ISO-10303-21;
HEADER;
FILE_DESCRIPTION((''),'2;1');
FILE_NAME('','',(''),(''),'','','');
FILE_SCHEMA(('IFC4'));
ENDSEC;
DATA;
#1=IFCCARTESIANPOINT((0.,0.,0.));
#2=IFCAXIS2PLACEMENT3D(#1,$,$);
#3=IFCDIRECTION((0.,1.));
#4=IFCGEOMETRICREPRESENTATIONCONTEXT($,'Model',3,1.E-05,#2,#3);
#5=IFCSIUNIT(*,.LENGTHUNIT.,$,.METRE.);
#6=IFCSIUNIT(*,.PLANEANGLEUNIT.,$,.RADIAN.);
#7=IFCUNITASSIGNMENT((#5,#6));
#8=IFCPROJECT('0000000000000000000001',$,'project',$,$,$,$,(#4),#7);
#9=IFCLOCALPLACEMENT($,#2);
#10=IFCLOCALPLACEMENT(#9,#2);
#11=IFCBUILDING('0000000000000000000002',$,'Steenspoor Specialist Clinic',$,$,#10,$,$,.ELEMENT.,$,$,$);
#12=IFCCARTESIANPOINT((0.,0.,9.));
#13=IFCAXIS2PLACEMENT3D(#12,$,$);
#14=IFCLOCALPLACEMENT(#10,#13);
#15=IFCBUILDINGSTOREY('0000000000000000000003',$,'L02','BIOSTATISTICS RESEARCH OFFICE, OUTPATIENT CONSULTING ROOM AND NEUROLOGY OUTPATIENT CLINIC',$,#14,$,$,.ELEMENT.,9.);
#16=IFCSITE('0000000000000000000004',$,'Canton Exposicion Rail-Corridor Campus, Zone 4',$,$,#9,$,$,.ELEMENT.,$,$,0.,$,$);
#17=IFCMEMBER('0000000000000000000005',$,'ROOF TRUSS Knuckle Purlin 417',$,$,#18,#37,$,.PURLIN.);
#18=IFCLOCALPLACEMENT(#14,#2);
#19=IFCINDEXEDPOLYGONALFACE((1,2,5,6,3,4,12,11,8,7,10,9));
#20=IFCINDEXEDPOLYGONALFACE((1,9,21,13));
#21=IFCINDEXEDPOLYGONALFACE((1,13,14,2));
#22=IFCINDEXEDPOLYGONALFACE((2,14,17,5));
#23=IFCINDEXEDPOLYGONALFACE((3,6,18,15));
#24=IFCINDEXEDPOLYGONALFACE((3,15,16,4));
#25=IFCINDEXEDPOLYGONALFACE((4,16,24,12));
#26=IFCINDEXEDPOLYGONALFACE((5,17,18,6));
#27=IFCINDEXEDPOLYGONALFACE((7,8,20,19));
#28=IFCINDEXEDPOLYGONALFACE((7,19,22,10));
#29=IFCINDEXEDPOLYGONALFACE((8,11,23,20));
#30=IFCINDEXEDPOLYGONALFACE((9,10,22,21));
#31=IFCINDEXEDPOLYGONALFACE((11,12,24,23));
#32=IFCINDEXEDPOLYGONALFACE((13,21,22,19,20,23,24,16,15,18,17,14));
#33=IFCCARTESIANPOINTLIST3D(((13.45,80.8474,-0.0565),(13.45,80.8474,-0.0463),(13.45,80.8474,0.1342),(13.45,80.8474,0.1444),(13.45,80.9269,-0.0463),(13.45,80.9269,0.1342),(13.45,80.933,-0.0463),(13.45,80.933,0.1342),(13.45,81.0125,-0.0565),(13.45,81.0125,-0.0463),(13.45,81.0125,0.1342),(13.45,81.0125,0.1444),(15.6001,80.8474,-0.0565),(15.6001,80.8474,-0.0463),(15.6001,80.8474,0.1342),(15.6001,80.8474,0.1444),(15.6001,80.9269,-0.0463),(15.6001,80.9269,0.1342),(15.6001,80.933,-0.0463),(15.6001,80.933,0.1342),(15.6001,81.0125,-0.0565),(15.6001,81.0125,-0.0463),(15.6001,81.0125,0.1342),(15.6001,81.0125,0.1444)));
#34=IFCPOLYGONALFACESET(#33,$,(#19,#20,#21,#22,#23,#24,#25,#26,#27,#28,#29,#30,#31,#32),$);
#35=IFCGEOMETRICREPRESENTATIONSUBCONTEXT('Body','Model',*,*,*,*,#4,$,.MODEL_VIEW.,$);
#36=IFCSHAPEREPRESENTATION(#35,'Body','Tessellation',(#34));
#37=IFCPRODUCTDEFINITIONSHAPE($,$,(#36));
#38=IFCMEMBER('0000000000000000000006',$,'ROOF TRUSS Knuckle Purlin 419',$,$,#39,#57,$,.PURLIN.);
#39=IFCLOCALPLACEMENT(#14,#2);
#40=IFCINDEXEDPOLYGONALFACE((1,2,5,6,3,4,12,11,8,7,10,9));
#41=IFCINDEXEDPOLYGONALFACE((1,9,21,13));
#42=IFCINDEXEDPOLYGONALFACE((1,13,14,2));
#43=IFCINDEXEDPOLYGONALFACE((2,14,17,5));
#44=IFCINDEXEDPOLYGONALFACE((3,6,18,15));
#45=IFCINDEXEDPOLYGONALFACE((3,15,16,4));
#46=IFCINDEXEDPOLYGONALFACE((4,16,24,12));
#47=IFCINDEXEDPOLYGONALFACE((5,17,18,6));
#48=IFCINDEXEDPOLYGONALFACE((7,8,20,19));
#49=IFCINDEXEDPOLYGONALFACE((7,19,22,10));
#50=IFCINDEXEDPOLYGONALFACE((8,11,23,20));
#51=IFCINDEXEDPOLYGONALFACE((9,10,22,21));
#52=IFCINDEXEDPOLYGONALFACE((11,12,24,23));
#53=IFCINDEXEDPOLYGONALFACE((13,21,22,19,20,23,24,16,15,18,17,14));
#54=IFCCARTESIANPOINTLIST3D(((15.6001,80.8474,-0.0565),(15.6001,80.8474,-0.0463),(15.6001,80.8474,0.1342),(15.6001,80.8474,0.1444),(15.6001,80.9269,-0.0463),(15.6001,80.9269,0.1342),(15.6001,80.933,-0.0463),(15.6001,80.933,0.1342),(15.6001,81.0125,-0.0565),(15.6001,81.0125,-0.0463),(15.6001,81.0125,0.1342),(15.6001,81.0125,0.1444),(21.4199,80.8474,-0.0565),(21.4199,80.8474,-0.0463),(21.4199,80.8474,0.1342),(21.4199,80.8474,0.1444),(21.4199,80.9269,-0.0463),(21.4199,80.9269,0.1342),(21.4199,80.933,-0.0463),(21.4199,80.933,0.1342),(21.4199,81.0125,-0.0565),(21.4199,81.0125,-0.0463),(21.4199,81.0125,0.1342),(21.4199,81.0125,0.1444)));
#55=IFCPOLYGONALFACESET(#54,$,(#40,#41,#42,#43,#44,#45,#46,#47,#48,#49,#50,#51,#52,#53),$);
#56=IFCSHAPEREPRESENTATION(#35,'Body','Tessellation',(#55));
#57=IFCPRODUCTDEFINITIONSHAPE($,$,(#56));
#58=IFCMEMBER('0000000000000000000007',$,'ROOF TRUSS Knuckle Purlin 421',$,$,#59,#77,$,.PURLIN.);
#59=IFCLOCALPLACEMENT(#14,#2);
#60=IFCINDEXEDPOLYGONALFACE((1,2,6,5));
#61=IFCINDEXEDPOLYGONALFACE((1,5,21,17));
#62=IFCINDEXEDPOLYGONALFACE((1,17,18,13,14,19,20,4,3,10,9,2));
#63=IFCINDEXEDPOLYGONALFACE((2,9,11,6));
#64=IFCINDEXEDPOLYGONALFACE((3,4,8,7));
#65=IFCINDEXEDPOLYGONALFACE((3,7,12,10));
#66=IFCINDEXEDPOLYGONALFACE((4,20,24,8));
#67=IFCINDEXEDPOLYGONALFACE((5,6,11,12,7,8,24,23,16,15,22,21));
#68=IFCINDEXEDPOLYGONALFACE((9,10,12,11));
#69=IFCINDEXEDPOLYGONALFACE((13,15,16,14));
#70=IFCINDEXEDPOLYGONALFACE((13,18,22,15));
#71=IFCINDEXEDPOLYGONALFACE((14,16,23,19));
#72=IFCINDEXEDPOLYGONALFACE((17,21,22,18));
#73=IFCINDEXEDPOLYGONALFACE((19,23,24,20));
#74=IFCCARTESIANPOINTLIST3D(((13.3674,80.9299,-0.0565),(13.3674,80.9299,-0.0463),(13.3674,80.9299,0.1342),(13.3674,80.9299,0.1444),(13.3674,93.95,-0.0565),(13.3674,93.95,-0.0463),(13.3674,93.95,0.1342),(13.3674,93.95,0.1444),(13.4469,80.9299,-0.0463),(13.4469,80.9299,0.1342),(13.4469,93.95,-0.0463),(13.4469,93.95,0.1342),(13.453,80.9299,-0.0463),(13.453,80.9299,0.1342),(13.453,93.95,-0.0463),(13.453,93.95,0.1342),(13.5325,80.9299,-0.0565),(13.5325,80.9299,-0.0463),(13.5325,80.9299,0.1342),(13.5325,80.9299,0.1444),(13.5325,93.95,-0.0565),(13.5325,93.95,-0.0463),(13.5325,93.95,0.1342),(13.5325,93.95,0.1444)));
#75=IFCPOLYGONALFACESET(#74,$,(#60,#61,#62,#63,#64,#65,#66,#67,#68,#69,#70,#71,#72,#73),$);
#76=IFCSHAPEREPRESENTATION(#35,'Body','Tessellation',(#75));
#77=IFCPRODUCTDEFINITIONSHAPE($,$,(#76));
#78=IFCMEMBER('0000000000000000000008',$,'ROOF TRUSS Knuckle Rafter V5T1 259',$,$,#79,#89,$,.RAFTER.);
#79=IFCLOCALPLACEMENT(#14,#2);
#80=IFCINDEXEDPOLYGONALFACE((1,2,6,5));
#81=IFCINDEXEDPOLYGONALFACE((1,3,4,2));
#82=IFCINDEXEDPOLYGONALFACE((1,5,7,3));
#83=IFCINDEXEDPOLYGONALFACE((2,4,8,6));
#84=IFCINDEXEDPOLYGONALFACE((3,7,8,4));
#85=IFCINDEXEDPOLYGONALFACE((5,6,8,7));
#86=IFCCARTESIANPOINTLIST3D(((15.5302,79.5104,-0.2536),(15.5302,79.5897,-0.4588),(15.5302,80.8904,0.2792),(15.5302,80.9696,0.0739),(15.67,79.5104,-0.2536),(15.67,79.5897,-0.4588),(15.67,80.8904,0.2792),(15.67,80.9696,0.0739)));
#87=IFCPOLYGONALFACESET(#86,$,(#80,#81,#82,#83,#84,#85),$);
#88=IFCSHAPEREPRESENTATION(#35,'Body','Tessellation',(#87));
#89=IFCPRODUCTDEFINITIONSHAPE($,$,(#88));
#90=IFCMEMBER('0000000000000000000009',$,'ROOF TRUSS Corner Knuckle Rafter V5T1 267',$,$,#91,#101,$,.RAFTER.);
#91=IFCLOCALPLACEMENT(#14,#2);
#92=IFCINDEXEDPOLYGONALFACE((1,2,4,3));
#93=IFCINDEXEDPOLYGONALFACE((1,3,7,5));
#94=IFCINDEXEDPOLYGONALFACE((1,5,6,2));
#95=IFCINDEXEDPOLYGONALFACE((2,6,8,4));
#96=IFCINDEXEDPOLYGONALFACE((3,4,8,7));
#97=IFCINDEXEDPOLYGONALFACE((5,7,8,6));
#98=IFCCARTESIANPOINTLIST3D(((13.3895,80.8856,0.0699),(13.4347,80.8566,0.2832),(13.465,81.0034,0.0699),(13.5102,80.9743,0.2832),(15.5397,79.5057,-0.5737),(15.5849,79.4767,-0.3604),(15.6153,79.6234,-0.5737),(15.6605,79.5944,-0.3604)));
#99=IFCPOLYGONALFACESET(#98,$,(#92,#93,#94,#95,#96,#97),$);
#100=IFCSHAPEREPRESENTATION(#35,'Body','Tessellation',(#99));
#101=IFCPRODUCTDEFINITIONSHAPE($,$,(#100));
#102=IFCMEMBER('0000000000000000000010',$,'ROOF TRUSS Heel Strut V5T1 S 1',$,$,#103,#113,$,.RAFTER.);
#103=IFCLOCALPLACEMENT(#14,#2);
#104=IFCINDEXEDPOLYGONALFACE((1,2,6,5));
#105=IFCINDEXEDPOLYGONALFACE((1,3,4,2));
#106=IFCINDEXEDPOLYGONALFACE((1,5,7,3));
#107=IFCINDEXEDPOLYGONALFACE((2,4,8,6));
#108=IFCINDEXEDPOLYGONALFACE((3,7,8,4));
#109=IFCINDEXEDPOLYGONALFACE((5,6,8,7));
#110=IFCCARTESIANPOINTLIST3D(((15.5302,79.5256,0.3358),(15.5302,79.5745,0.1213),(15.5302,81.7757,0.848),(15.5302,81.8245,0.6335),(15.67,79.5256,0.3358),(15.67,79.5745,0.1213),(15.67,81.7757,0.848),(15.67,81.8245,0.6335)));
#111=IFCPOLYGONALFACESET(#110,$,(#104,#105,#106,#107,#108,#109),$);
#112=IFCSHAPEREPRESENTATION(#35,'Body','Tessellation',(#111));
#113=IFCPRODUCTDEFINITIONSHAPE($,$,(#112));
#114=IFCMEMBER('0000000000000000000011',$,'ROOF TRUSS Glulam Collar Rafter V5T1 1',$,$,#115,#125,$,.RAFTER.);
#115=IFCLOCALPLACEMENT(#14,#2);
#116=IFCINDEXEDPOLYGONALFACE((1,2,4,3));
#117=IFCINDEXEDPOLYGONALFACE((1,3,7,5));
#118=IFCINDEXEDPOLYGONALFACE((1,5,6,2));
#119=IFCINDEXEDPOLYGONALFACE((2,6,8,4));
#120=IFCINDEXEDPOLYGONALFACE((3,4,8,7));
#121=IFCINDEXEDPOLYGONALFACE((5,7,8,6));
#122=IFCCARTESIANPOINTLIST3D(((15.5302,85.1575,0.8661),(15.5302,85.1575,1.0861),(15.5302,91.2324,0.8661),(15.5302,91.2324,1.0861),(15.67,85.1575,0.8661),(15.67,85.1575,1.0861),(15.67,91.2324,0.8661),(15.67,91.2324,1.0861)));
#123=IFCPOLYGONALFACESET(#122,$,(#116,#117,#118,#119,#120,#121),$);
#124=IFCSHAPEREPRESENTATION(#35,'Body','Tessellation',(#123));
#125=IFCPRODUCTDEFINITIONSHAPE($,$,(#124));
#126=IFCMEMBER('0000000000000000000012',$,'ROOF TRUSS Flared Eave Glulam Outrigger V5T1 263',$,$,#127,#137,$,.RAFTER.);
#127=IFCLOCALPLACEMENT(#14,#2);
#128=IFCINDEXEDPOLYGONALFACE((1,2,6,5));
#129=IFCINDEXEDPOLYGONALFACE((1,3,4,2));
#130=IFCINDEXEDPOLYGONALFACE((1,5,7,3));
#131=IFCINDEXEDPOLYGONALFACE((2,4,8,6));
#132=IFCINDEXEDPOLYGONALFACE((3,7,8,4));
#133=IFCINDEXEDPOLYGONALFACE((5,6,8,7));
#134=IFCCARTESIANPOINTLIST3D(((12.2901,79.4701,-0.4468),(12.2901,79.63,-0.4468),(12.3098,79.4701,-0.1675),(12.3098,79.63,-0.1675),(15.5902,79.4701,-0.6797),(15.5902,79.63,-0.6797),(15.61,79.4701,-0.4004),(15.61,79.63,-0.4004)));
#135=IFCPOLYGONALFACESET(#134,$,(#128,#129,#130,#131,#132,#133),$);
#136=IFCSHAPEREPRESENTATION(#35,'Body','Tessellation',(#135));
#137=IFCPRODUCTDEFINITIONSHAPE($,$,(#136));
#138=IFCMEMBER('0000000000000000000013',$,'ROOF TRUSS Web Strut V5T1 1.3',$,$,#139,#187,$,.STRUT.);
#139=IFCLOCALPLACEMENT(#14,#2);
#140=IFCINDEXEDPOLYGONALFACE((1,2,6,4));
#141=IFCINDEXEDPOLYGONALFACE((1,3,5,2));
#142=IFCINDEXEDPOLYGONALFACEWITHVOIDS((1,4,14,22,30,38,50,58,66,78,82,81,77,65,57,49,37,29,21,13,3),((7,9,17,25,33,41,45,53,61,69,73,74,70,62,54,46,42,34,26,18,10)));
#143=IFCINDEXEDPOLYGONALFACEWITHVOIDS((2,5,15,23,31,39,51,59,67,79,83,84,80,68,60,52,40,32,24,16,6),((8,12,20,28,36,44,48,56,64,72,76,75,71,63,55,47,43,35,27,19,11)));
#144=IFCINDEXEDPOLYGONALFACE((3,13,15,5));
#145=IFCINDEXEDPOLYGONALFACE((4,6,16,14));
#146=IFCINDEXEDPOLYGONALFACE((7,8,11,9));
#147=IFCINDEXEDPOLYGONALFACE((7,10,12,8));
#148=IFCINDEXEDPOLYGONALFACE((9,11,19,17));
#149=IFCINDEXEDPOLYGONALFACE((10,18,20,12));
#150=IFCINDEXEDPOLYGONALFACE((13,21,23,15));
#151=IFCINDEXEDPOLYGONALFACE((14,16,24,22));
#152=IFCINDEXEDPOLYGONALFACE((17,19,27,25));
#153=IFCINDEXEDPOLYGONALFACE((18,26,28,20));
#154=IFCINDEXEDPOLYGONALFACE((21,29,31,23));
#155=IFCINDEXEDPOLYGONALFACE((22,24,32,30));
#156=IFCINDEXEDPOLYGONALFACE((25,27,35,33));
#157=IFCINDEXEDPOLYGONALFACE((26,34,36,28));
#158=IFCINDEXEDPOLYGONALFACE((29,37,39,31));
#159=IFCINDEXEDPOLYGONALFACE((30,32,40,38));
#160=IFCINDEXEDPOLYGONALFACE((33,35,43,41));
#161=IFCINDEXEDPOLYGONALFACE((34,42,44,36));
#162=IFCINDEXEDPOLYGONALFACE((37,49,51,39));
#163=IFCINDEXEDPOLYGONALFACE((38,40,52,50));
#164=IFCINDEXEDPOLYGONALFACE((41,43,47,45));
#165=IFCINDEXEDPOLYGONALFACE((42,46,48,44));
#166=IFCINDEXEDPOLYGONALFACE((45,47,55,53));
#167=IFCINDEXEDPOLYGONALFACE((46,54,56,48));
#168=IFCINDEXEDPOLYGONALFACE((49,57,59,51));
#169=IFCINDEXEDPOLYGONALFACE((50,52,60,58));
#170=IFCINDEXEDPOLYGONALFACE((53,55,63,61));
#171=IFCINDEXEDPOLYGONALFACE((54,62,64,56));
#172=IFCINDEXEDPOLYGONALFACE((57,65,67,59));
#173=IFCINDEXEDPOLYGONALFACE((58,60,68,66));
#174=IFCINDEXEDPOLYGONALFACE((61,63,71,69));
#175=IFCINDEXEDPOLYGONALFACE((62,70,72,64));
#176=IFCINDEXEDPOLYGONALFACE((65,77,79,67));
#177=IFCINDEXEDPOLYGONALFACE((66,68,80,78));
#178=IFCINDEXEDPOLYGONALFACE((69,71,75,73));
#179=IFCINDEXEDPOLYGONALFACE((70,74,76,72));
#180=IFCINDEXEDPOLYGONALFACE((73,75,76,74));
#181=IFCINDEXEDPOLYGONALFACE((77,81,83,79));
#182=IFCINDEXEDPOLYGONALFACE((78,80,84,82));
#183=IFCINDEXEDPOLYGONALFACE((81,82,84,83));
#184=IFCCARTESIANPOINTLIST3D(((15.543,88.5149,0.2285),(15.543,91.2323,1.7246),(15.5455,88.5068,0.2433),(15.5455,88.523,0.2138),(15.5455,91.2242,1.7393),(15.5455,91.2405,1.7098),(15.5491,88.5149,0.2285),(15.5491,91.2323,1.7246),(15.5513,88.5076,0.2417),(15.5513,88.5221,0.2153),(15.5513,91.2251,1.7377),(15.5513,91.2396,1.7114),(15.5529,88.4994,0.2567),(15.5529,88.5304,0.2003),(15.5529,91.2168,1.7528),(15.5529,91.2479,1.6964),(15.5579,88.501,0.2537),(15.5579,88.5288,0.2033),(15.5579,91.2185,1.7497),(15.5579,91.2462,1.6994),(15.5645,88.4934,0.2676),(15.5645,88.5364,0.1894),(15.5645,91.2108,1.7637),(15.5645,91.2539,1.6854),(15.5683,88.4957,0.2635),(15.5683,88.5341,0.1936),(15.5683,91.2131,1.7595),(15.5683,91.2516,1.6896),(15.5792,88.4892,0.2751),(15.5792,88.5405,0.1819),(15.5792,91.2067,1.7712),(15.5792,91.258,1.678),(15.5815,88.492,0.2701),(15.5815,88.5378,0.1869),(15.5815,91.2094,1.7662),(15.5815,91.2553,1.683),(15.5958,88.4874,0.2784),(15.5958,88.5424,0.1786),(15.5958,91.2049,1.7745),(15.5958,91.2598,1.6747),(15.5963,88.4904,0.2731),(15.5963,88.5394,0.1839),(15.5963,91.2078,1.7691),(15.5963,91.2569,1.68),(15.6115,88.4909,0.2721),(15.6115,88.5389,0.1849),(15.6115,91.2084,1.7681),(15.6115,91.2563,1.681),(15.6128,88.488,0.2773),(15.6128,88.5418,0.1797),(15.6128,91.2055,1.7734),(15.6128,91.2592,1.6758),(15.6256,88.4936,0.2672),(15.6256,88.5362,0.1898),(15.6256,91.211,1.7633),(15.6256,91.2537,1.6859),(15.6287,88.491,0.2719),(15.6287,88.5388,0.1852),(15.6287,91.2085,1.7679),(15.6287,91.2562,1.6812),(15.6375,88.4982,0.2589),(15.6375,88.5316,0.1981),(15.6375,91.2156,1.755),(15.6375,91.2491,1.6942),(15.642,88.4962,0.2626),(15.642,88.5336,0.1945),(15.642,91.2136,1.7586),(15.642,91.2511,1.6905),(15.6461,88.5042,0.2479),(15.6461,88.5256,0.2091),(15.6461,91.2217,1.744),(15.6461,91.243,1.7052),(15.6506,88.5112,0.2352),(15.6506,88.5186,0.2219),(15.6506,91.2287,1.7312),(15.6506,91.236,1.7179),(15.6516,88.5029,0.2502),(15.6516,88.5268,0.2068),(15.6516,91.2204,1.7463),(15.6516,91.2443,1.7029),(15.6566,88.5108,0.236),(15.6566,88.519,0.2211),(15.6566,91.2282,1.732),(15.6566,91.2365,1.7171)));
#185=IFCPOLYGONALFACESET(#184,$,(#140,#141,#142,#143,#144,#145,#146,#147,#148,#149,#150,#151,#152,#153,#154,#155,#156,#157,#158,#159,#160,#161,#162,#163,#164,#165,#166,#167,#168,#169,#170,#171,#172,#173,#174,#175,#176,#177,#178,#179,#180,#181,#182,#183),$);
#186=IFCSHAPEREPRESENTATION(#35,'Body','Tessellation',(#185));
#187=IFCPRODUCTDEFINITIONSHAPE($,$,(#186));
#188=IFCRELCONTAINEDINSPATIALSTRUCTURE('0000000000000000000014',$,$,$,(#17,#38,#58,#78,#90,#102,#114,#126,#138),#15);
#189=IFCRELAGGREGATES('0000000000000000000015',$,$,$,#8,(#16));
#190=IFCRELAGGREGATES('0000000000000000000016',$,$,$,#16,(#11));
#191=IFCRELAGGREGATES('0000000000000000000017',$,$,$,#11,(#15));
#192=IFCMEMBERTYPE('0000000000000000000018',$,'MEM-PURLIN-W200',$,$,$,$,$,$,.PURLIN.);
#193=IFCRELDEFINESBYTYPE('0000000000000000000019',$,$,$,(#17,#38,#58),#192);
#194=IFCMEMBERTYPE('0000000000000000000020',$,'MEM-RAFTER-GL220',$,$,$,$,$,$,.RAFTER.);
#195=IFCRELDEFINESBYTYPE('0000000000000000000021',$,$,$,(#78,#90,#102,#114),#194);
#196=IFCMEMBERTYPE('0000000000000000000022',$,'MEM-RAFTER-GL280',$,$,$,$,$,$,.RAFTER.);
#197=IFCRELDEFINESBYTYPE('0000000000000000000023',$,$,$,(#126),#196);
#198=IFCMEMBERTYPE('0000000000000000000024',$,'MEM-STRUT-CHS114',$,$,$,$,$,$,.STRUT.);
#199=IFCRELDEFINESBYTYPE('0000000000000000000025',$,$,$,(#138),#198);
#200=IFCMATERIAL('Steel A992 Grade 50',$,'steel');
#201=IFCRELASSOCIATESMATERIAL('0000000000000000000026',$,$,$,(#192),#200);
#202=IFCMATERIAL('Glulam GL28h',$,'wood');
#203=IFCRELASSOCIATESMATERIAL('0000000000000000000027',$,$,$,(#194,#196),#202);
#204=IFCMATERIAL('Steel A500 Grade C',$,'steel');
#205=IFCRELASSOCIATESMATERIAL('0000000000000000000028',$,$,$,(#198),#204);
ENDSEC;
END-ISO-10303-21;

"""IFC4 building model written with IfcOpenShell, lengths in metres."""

from ifc_helpers import new_model, si_unit, direction, frame, origin, origin_2d, place, context, subcontext, project, spatial, rectangle, hollow_circle, i_section, extrude, material, material_profile, profile_set, type_object, element, save


model = new_model("IFC4")

# Units and contexts
model_context = context("Model", 3, precision=1e-05, world=origin(), true_north=direction((0.0, 1.0)))
body_context = subcontext(model_context, "Body", "Model", "MODEL_VIEW")
ifc_project = project(units=[si_unit("LENGTHUNIT", "METRE"), si_unit("PLANEANGLEUNIT", "RADIAN")], contexts=[model_context])

# Site, building, storey
site_placement = place(None, origin())
site = spatial("IfcSite", under=ifc_project, at=site_placement, Name="Canton Exposicion Rail-Corridor Campus, Zone 4", CompositionType="ELEMENT", RefElevation=0.0)
building_placement = place(site_placement, origin())
building = spatial("IfcBuilding", under=site, at=building_placement, Name="Steenspoor Specialist Clinic", CompositionType="ELEMENT")
storey_placement = place(building_placement, frame((0.0, 0.0, 9.0)))
storey = spatial("IfcBuildingStorey", under=building, at=storey_placement, Name="L02", Description="BIOSTATISTICS RESEARCH OFFICE, OUTPATIENT CONSULTING ROOM AND NEUROLOGY OUTPATIENT CLINIC", CompositionType="ELEMENT", Elevation=9.0)

# Shared definitions
ifc_material_1 = material(Name="Steel A992 Grade 50", Category="steel")

# Members
ifc_material_2 = material(Name="Steel A500 Grade C", Category="steel")
ifc_material_profile_1 = material_profile(ifc_material_1, i_section(OverallWidth=0.165, OverallDepth=0.2009, WebThickness=0.0061, FlangeThickness=0.0103, at=origin_2d()), Name="W200X36")
ifc_profile_set_1 = profile_set([ifc_material_profile_1], Name="Steel A992 Grade 50")
member_type_1 = type_object("IfcMemberType", Name="MEM-PURLIN-W200", PredefinedType="PURLIN", material=ifc_profile_set_1)
member_1_placement = place(storey_placement, frame((13.45, 80.9299, 0.0439), z_axis=(1.0, 0.0, 0.0), x_axis=(0.0, 1.0, 0.0)))
element("IfcMember", 1, at=member_1_placement, inside=storey, type_object=member_type_1, Name="ROOF TRUSS Knuckle Purlin 417", PredefinedType="PURLIN", context=body_context, shape_type="SweptSolid", body=[
    extrude(i_section(OverallWidth=0.165, OverallDepth=0.2009, WebThickness=0.0061, FlangeThickness=0.0103, at=origin_2d()), origin(), (0.0, 0.0, 1.0), 2.1501),
])
member_2_placement = place(storey_placement, frame((15.6001, 80.9299, 0.0439), z_axis=(1.0, 0.0, 0.0), x_axis=(0.0, 1.0, 0.0)))
element("IfcMember", 2, at=member_2_placement, inside=storey, type_object=member_type_1, Name="ROOF TRUSS Knuckle Purlin 419", PredefinedType="PURLIN", context=body_context, shape_type="SweptSolid", body=[
    extrude(i_section(OverallWidth=0.165, OverallDepth=0.2009, WebThickness=0.0061, FlangeThickness=0.0103, at=origin_2d()), origin(), (0.0, 0.0, 1.0), 5.8198),
])
member_3_placement = place(storey_placement, frame((13.45, 80.9299, 0.0439), z_axis=(0.0, 1.0, 0.0), x_axis=(-1.0, 0.0, 0.0)))
element("IfcMember", 3, at=member_3_placement, inside=storey, type_object=member_type_1, Name="ROOF TRUSS Knuckle Purlin 421", PredefinedType="PURLIN", context=body_context, shape_type="SweptSolid", body=[
    extrude(i_section(OverallWidth=0.165, OverallDepth=0.2009, WebThickness=0.0061, FlangeThickness=0.0103, at=origin_2d()), origin(), (0.0, 0.0, 1.0), 13.02),
])
ifc_material_3 = material(Name="Glulam GL28h", Category="wood")
ifc_material_profile_2 = material_profile(ifc_material_3, rectangle(XDim=0.1399, YDim=0.22, at=origin_2d()), Name="GL28H-140X220")
ifc_profile_set_2 = profile_set([ifc_material_profile_2], Name="Glulam GL28h")
member_type_2 = type_object("IfcMemberType", Name="MEM-RAFTER-GL220", PredefinedType="RAFTER", material=ifc_profile_set_2)
member_4_placement = place(storey_placement, frame((15.6001, 79.55, -0.3562), z_axis=(0.0, 0.932894, 0.360151), x_axis=(-1.0, 0.0, 0.0)))
element("IfcMember", 4, at=member_4_placement, inside=storey, type_object=member_type_2, Name="ROOF TRUSS Knuckle Rafter V5T1 259", PredefinedType="RAFTER", context=body_context, shape_type="SweptSolid", body=[
    extrude(rectangle(XDim=0.1399, YDim=0.22, at=origin_2d()), origin(), (0.0, 0.0, 1.0), 1.4792),
])
member_5_placement = place(storey_placement, frame((15.6001, 79.55, -0.467), z_axis=(-0.816104, 0.523745, 0.244266), x_axis=(-0.540105, -0.841597, 0.0)))
element("IfcMember", 5, at=member_5_placement, inside=storey, type_object=member_type_2, Name="ROOF TRUSS Corner Knuckle Rafter V5T1 267", PredefinedType="RAFTER", context=body_context, shape_type="SweptSolid", body=[
    extrude(rectangle(XDim=0.1399, YDim=0.22, at=origin_2d()), origin(), (0.0, 0.0, 1.0), 2.6348),
])
member_6_placement = place(storey_placement, frame((15.6001, 79.55, 0.2285), z_axis=(0.0, 0.975054, 0.221969), x_axis=(-1.0, 0.0, 0.0)))
element("IfcMember", 6, at=member_6_placement, inside=storey, type_object=member_type_2, Name="ROOF TRUSS Heel Strut V5T1 S 1", PredefinedType="RAFTER", context=body_context, shape_type="SweptSolid", body=[
    extrude(rectangle(XDim=0.1399, YDim=0.22, at=origin_2d()), origin(), (0.0, 0.0, 1.0), 2.3076),
])
member_7_placement = place(storey_placement, frame((15.6001, 85.1575, 0.9761), z_axis=(0.0, 1.0, 0.0), x_axis=(-1.0, 0.0, 0.0)))
element("IfcMember", 7, at=member_7_placement, inside=storey, type_object=member_type_2, Name="ROOF TRUSS Glulam Collar Rafter V5T1 1", PredefinedType="RAFTER", context=body_context, shape_type="SweptSolid", body=[
    extrude(rectangle(XDim=0.1399, YDim=0.22, at=origin_2d()), origin(), (0.0, 0.0, 1.0), 6.075),
])
ifc_material_profile_3 = material_profile(ifc_material_3, rectangle(XDim=0.1599, YDim=0.28, at=origin_2d()), Name="GL28H-160X280")
ifc_profile_set_3 = profile_set([ifc_material_profile_3], Name="Glulam GL28h")
member_type_3 = type_object("IfcMemberType", Name="MEM-RAFTER-GL280", PredefinedType="RAFTER", material=ifc_profile_set_3)
member_8_placement = place(storey_placement, frame((15.6001, 79.55, -0.54), z_axis=(-0.997519, 0.0, 0.070403), x_axis=(0.0, -1.0, 0.0)))
element("IfcMember", 8, at=member_8_placement, inside=storey, type_object=member_type_3, Name="ROOF TRUSS Flared Eave Glulam Outrigger V5T1 263", PredefinedType="RAFTER", context=body_context, shape_type="SweptSolid", body=[
    extrude(rectangle(XDim=0.1599, YDim=0.28, at=origin_2d()), origin(), (0.0, 0.0, 1.0), 3.3083),
])
ifc_material_profile_4 = material_profile(ifc_material_2, hollow_circle(Radius=0.0571, WallThickness=0.0061, at=origin_2d()), Name="CHS114X6.0")
ifc_profile_set_4 = profile_set([ifc_material_profile_4], Name="Steel A500 Grade C")
member_type_4 = type_object("IfcMemberType", Name="MEM-STRUT-CHS114", PredefinedType="STRUT", material=ifc_profile_set_4)
member_9_placement = place(storey_placement, frame((15.6001, 88.5149, 0.2285), z_axis=(0.0, 0.876018, 0.482278), x_axis=(-1.0, 0.0, 0.0)))
element("IfcMember", 9, at=member_9_placement, inside=storey, type_object=member_type_4, Name="ROOF TRUSS Web Strut V5T1 1.3", PredefinedType="STRUT", context=body_context, shape_type="SweptSolid", body=[
    extrude(hollow_circle(Radius=0.0571, WallThickness=0.0061, at=origin_2d()), origin(), (0.0, 0.0, 1.0), 3.1021),
])

save(model, "model.ifc")
